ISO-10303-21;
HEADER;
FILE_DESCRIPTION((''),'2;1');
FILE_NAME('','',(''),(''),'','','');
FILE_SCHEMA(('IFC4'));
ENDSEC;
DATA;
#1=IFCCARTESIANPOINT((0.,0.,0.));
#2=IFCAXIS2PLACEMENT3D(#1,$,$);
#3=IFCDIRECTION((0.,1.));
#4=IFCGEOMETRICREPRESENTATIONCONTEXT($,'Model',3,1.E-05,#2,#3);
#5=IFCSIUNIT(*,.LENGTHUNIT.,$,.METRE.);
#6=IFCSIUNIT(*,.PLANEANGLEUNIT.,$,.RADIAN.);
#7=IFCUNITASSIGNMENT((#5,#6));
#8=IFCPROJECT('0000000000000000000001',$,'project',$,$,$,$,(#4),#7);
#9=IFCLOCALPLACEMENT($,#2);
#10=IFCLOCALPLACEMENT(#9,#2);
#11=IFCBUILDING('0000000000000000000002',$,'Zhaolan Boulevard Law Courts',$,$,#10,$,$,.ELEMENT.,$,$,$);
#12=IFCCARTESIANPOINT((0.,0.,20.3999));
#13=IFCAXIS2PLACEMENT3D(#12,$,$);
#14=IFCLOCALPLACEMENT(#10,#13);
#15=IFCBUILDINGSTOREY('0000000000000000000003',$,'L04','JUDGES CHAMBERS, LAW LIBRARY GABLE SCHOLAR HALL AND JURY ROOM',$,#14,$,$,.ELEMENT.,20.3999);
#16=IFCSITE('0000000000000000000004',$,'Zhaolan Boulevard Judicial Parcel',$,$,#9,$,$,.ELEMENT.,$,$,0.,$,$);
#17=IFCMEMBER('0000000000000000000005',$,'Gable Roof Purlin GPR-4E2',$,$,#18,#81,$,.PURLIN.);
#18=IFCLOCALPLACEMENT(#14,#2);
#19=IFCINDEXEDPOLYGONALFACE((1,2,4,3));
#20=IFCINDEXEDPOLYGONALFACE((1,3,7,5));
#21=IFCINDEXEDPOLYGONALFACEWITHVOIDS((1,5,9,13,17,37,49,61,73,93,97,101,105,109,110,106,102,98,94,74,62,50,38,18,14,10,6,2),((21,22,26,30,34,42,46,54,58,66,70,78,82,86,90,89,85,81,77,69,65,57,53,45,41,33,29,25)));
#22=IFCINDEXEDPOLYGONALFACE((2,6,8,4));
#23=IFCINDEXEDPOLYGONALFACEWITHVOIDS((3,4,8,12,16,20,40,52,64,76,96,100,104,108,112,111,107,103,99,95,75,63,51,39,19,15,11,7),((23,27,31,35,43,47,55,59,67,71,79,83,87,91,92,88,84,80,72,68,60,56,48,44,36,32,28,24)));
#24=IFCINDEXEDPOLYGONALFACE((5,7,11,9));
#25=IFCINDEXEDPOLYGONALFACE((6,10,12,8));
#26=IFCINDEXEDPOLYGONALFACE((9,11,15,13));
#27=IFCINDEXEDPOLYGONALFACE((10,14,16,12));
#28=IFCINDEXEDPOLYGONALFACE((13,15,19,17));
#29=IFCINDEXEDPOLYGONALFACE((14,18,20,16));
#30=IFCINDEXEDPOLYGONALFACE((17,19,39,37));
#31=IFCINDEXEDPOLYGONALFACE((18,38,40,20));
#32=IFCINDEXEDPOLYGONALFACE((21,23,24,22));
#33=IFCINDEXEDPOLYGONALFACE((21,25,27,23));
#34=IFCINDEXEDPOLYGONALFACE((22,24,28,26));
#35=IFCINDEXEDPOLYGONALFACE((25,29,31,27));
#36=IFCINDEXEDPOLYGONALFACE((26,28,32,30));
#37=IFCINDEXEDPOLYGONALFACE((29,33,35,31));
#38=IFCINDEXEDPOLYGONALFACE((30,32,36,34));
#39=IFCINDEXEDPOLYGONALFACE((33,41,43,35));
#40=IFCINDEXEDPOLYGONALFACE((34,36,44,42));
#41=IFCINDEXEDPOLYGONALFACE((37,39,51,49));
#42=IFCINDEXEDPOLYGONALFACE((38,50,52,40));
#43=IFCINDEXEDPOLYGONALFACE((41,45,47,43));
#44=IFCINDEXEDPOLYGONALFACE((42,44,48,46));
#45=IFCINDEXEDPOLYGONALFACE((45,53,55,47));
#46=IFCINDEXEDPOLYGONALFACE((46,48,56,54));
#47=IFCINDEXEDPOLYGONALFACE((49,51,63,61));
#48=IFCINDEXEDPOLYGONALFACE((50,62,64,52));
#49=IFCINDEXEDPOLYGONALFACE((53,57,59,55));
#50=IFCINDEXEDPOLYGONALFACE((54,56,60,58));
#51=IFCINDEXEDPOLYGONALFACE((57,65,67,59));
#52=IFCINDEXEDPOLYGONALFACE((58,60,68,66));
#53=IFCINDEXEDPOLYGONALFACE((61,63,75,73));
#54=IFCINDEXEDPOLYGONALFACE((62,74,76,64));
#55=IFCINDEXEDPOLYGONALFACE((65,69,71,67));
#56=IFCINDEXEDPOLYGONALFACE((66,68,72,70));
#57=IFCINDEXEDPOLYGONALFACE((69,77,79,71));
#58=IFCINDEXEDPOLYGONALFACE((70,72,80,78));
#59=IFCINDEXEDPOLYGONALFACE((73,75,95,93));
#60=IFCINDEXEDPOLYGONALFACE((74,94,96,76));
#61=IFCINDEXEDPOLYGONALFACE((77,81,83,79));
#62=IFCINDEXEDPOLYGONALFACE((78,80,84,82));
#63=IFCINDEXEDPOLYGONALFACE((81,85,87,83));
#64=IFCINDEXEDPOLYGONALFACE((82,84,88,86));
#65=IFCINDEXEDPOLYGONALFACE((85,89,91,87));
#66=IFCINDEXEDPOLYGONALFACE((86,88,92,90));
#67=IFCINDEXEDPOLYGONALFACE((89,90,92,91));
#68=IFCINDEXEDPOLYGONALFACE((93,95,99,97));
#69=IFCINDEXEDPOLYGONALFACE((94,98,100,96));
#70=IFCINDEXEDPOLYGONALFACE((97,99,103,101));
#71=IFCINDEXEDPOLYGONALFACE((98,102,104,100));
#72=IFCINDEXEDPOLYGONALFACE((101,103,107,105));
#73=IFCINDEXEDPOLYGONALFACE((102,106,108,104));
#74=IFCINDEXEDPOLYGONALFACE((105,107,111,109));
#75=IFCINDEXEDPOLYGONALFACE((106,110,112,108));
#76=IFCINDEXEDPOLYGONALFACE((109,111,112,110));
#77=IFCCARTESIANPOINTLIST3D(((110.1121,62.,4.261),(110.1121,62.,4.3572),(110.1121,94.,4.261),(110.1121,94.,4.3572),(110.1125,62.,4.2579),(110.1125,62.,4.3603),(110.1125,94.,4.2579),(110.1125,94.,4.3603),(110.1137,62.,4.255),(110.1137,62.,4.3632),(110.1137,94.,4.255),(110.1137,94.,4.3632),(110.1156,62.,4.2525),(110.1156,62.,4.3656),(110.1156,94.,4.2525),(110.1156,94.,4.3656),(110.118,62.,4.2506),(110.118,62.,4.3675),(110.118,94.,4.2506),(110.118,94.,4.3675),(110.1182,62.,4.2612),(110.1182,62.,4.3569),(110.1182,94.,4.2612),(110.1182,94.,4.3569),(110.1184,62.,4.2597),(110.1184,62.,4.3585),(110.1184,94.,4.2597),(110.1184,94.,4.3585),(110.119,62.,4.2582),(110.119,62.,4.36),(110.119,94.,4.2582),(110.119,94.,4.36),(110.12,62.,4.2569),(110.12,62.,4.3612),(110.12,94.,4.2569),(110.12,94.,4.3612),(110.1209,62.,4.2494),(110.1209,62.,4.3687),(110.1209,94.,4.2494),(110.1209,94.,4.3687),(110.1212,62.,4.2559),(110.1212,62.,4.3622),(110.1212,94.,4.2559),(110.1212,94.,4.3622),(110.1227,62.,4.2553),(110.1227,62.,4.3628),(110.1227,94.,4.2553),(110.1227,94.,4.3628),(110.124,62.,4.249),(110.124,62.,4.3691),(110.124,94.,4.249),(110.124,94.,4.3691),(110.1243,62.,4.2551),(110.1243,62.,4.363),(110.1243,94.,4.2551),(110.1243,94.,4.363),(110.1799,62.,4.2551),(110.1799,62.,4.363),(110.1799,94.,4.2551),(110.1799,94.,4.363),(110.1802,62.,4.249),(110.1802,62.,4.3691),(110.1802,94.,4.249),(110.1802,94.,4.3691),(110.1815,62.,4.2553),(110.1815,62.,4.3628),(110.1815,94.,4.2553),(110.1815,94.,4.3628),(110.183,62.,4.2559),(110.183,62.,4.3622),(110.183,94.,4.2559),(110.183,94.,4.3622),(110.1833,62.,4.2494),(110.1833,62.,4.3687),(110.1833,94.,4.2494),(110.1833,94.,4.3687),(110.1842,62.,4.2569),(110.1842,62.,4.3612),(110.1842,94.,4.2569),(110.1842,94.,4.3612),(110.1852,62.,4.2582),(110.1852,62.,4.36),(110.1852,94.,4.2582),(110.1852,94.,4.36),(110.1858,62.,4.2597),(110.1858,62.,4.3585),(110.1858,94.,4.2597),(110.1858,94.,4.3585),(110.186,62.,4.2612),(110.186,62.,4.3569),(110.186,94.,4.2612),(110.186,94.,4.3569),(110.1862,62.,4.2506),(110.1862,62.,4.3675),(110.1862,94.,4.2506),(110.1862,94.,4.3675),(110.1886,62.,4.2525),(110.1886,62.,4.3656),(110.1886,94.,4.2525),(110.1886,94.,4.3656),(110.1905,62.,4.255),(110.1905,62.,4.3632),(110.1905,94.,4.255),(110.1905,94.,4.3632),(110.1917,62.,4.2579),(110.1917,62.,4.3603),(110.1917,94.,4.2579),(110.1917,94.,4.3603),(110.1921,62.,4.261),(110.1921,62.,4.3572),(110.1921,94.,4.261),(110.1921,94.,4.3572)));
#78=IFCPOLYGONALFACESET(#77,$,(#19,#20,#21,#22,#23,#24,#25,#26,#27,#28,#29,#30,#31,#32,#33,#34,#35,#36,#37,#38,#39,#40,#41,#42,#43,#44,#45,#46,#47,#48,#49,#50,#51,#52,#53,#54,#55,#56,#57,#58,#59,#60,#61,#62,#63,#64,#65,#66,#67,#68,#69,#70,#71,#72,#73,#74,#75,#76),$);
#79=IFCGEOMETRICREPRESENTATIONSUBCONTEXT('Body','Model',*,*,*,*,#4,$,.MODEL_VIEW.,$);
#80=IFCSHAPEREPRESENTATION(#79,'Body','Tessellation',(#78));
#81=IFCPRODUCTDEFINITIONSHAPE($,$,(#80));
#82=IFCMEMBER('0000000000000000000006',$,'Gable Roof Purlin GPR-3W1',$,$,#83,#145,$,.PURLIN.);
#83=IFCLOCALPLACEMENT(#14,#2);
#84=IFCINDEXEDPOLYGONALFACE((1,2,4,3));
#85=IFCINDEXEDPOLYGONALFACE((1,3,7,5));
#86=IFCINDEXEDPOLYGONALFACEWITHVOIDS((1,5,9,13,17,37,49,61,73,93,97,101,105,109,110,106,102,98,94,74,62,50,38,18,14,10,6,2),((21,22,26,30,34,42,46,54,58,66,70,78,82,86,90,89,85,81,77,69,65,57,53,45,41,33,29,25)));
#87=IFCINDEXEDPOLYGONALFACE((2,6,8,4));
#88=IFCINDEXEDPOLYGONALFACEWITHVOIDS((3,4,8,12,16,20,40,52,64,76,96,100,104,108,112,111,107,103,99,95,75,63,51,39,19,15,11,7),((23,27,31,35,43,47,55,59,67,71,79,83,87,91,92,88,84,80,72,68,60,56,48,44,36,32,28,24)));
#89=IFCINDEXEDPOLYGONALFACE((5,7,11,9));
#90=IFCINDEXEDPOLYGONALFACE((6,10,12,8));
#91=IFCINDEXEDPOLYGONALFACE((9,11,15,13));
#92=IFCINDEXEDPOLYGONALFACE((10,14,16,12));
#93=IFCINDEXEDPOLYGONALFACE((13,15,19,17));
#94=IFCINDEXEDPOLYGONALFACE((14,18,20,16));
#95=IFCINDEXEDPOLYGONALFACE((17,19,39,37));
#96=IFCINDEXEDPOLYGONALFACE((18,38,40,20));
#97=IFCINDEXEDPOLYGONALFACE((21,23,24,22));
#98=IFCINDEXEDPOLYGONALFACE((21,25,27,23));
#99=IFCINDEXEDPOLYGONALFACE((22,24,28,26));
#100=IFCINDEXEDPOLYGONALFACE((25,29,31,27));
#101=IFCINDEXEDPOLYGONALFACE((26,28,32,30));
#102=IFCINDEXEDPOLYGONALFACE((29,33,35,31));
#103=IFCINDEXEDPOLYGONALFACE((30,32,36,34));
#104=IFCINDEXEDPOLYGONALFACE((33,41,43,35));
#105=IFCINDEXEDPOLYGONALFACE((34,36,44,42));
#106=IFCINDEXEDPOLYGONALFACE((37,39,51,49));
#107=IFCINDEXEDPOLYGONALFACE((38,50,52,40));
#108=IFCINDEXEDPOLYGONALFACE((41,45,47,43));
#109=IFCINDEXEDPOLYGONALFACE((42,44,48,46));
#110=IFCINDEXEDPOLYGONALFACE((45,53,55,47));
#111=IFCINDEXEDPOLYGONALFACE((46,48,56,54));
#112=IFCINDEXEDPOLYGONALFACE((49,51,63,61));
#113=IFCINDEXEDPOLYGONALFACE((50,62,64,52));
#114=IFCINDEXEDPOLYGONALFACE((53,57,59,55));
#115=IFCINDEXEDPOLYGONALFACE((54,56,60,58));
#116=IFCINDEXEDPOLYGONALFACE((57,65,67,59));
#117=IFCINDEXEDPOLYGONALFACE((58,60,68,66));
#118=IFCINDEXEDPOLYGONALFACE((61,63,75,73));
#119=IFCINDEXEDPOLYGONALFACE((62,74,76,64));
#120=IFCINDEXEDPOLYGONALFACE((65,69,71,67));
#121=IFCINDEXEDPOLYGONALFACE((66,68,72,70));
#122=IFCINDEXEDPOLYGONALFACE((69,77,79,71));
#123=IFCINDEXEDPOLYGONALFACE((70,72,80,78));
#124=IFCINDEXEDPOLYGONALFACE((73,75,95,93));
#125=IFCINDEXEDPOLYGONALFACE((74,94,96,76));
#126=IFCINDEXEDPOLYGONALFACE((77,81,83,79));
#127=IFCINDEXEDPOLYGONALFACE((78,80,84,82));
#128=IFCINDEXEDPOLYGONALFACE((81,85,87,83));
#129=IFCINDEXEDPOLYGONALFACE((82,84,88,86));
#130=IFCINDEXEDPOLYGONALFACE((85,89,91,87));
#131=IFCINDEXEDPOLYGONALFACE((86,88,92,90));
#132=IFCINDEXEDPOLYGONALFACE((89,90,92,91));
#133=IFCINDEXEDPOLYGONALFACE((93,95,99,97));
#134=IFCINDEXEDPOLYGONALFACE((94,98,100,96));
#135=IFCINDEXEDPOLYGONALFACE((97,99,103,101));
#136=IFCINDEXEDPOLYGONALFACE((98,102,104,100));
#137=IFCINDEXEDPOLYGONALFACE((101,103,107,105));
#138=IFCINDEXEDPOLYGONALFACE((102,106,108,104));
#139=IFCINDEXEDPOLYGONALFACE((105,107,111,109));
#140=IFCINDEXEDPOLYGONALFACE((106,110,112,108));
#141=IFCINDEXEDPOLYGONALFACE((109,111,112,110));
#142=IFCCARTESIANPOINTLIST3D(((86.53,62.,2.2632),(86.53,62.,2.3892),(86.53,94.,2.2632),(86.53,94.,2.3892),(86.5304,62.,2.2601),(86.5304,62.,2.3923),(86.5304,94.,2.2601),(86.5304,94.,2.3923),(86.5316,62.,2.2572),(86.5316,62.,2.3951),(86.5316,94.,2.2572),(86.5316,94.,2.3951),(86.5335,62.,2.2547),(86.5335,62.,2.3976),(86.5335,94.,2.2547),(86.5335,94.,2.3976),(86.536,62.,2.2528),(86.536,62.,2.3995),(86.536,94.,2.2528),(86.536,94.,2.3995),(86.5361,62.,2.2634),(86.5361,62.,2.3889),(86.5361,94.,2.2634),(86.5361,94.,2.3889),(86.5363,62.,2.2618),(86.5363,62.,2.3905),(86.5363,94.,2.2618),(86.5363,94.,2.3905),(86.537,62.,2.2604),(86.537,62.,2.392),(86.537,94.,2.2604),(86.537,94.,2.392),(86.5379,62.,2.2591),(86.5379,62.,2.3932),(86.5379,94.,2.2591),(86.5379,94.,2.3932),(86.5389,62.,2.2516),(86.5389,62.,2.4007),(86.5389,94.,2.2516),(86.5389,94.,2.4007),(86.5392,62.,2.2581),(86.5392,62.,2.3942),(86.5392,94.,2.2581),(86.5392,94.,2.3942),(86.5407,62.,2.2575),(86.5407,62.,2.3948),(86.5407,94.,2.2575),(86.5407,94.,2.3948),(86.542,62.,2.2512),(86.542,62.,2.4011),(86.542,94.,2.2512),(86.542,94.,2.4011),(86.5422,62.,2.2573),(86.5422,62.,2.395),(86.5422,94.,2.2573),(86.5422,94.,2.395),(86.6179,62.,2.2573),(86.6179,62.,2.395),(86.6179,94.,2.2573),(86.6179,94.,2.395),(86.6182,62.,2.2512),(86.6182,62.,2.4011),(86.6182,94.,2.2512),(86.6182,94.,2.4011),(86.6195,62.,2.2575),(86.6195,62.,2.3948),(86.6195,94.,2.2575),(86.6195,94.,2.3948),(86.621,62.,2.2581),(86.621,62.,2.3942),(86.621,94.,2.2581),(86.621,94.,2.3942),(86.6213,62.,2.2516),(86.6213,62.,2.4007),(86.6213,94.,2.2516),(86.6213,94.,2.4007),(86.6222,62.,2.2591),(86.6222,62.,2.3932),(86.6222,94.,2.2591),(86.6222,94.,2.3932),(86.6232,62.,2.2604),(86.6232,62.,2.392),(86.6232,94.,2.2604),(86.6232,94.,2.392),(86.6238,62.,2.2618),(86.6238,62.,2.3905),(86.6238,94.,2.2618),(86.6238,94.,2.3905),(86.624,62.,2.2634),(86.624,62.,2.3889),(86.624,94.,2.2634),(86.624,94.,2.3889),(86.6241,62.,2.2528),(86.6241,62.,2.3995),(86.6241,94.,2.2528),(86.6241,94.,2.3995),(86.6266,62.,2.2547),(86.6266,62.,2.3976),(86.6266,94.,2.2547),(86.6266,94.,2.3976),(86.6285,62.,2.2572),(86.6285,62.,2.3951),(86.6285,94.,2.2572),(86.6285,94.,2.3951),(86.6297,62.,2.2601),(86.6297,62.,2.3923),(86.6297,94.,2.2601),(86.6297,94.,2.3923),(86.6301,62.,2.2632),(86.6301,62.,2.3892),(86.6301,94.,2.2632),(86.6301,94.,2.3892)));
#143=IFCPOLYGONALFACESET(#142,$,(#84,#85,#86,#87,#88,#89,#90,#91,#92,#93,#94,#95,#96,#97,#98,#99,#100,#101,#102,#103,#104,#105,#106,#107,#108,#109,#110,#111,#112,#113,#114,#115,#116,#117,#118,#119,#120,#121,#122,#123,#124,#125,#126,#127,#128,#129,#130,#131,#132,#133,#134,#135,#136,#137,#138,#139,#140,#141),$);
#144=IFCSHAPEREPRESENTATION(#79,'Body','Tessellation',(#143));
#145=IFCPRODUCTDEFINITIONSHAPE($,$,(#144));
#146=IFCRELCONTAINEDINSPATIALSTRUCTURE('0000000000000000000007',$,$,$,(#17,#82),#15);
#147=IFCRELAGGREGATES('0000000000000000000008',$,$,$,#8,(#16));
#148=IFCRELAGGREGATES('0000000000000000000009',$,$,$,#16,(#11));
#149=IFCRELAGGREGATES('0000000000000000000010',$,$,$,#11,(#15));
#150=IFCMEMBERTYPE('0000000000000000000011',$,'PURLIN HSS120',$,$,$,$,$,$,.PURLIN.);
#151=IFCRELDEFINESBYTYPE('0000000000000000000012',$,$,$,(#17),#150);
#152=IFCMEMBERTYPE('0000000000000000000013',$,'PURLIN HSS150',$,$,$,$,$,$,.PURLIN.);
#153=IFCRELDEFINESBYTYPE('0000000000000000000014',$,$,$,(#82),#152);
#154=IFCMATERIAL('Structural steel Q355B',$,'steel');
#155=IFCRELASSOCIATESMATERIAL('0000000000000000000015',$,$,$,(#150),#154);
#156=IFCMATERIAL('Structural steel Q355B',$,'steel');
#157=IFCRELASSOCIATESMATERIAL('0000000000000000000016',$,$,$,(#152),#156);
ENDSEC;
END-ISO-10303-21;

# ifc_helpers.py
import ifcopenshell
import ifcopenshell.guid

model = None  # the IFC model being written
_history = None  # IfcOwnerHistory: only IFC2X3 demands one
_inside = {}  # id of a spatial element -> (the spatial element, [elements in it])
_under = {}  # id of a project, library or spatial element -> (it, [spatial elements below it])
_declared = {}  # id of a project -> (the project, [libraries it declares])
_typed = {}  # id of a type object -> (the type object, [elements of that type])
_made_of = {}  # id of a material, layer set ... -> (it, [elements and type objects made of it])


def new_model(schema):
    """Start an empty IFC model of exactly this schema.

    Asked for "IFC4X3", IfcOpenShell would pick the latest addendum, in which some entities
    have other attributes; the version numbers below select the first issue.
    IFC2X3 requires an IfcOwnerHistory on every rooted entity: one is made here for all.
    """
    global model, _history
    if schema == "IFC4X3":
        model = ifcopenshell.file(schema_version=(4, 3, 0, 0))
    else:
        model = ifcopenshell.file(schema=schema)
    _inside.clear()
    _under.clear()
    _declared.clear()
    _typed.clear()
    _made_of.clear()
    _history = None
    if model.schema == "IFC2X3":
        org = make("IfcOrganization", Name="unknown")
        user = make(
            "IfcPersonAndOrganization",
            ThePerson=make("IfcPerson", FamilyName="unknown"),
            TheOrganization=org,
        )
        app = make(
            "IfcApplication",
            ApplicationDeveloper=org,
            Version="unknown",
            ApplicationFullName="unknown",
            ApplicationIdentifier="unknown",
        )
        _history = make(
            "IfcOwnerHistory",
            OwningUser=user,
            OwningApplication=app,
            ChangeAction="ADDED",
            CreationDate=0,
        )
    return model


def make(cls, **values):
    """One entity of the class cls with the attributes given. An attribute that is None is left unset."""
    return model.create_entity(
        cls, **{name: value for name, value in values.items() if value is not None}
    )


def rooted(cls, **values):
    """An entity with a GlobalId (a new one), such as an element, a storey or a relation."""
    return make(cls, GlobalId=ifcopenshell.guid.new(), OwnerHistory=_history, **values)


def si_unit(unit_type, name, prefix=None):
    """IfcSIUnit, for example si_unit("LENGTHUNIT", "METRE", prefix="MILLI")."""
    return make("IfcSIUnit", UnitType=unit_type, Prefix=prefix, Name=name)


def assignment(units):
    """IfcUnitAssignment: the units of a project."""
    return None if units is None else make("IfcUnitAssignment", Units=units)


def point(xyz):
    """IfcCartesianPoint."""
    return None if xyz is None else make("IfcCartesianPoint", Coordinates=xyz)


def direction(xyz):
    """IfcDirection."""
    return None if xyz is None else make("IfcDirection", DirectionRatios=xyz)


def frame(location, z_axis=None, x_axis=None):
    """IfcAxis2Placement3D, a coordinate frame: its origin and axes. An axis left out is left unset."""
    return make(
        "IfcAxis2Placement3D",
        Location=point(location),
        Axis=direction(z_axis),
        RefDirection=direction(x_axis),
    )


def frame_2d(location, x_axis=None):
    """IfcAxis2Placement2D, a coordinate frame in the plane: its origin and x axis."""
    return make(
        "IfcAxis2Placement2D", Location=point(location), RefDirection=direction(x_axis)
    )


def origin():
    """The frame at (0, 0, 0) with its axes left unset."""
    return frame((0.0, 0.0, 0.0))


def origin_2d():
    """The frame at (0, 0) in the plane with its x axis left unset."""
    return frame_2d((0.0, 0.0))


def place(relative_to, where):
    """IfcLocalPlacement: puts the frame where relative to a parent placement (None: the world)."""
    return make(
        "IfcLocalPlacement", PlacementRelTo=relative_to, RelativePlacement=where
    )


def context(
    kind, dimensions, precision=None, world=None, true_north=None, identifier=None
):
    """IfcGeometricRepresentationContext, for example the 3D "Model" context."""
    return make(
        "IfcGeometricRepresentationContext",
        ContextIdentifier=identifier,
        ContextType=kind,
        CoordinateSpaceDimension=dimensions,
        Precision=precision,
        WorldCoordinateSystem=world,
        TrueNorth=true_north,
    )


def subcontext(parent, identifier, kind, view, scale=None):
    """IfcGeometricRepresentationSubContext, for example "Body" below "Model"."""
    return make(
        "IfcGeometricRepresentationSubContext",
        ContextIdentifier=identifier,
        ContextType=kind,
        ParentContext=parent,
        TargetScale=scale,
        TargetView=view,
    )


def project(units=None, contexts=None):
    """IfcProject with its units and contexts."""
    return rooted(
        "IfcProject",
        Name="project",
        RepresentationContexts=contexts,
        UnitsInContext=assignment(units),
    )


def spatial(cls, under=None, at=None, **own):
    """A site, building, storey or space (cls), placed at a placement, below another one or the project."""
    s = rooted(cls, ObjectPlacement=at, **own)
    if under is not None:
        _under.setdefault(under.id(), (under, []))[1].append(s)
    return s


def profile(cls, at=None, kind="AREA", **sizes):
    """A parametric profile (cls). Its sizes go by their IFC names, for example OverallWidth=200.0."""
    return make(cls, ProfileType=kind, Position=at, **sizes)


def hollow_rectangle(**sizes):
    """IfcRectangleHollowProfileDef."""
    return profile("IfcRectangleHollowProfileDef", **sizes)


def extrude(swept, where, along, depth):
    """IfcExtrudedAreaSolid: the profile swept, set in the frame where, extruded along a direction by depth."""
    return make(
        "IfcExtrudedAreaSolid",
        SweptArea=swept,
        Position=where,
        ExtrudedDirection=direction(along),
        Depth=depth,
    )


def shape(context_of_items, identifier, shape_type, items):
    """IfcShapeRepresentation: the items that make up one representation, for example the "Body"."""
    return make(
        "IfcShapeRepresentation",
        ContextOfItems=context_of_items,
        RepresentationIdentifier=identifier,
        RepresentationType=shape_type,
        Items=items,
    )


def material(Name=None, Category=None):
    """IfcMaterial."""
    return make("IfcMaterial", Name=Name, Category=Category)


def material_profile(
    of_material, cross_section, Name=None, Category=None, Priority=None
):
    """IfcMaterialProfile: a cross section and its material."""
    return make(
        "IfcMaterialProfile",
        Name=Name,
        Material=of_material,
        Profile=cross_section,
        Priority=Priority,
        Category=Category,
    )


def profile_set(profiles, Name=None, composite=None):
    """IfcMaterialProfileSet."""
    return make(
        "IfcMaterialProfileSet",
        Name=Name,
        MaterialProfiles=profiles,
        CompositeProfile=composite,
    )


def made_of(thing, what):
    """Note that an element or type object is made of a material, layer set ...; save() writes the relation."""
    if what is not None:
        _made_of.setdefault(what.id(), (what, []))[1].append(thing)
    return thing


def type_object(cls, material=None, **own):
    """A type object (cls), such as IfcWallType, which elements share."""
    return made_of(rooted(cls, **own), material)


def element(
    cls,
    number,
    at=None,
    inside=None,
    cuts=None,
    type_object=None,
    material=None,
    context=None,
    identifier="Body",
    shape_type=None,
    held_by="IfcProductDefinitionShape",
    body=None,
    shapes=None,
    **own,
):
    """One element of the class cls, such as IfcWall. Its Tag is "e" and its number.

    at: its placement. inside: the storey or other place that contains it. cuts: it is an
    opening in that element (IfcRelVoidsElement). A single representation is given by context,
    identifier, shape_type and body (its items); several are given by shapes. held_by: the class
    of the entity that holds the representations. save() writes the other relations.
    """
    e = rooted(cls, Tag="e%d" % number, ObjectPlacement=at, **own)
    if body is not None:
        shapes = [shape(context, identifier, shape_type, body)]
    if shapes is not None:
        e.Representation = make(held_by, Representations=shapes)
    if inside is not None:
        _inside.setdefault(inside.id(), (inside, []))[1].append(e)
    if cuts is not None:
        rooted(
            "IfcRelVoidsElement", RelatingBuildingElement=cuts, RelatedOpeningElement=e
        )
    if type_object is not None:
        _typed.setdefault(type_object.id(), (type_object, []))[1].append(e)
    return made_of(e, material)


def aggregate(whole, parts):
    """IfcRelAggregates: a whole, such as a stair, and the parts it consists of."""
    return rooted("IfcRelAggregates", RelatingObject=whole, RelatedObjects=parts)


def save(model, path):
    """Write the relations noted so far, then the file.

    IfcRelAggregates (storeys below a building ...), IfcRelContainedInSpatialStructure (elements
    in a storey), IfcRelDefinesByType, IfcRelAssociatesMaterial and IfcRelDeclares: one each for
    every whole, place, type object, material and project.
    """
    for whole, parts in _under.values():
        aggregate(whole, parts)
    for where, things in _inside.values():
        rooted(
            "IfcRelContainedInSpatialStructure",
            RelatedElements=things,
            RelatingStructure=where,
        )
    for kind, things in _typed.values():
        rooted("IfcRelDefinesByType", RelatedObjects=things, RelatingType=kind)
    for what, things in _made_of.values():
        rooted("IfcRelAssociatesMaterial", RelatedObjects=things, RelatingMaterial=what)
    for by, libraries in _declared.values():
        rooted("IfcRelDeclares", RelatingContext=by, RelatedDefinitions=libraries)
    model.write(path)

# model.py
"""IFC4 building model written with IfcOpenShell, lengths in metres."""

from ifc_helpers import new_model, si_unit, direction, frame, origin, origin_2d, place, context, subcontext, project, spatial, hollow_rectangle, extrude, material, material_profile, profile_set, type_object, element, save


model = new_model("IFC4")

# Units and contexts
model_context = context("Model", 3, precision=1e-05, world=origin(), true_north=direction((0.0, 1.0)))
body_context = subcontext(model_context, "Body", "Model", "MODEL_VIEW")
ifc_project = project(units=[si_unit("LENGTHUNIT", "METRE"), si_unit("PLANEANGLEUNIT", "RADIAN")], contexts=[model_context])

# Site, building, storey
site_placement = place(None, origin())
site = spatial("IfcSite", under=ifc_project, at=site_placement, Name="Zhaolan Boulevard Judicial Parcel", CompositionType="ELEMENT", RefElevation=0.0)
building_placement = place(site_placement, origin())
building = spatial("IfcBuilding", under=site, at=building_placement, Name="Zhaolan Boulevard Law Courts", CompositionType="ELEMENT")
storey_placement = place(building_placement, frame((0.0, 0.0, 20.3999)))
storey = spatial("IfcBuildingStorey", under=building, at=storey_placement, Name="L04", Description="JUDGES CHAMBERS, LAW LIBRARY GABLE SCHOLAR HALL AND JURY ROOM", CompositionType="ELEMENT", Elevation=20.3999)

# Members
ifc_material_1 = material(Name="Structural steel Q355B", Category="steel")
ifc_material_profile_1 = material_profile(ifc_material_1, hollow_rectangle(XDim=0.0801, YDim=0.1201, WallThickness=0.0061, InnerFilletRadius=0.0061, OuterFilletRadius=0.012, at=origin_2d()), Name="HSS120x80x6")
ifc_profile_set_1 = profile_set([ifc_material_profile_1], Name="Structural steel Q355B")
member_type_1 = type_object("IfcMemberType", Name="PURLIN HSS120", PredefinedType="PURLIN", material=ifc_profile_set_1)
for number, where, z_axis, x_axis, name in (
    (1, (110.1521, 62.0, 4.3091), (0.0, 1.0, 0.0), (-1.0, 0.0, 0.0), "Gable Roof Purlin GPR-4E2"),
):
    element("IfcMember", number, at=place(storey_placement, frame(where, z_axis=z_axis, x_axis=x_axis)), inside=storey, type_object=member_type_1, Name=name, PredefinedType="PURLIN", context=body_context, shape_type="SweptSolid", body=[
        extrude(hollow_rectangle(XDim=0.0801, YDim=0.1201, WallThickness=0.0061, InnerFilletRadius=0.0061, OuterFilletRadius=0.012, at=origin_2d()), origin(), (0.0, 0.0, 1.0), 32.0),
    ])
ifc_material_2 = material(Name="Structural steel Q355B", Category="steel")
ifc_material_profile_2 = material_profile(ifc_material_2, hollow_rectangle(XDim=0.1001, YDim=0.1499, WallThickness=0.0061, InnerFilletRadius=0.0061, OuterFilletRadius=0.012, at=origin_2d()), Name="HSS150x100x6")
ifc_profile_set_2 = profile_set([ifc_material_profile_2], Name="Structural steel Q355B")
member_type_2 = type_object("IfcMemberType", Name="PURLIN HSS150", PredefinedType="PURLIN", material=ifc_profile_set_2)
for number, where, z_axis, x_axis, name in (
    (2, (86.5801, 62.0, 2.3262), (0.0, 1.0, 0.0), (-1.0, 0.0, 0.0), "Gable Roof Purlin GPR-3W1"),
):
    element("IfcMember", number, at=place(storey_placement, frame(where, z_axis=z_axis, x_axis=x_axis)), inside=storey, type_object=member_type_2, Name=name, PredefinedType="PURLIN", context=body_context, shape_type="SweptSolid", body=[
        extrude(hollow_rectangle(XDim=0.1001, YDim=0.1499, WallThickness=0.0061, InnerFilletRadius=0.0061, OuterFilletRadius=0.012, at=origin_2d()), origin(), (0.0, 0.0, 1.0), 32.0),
    ])

save(model, "model.ifc")
